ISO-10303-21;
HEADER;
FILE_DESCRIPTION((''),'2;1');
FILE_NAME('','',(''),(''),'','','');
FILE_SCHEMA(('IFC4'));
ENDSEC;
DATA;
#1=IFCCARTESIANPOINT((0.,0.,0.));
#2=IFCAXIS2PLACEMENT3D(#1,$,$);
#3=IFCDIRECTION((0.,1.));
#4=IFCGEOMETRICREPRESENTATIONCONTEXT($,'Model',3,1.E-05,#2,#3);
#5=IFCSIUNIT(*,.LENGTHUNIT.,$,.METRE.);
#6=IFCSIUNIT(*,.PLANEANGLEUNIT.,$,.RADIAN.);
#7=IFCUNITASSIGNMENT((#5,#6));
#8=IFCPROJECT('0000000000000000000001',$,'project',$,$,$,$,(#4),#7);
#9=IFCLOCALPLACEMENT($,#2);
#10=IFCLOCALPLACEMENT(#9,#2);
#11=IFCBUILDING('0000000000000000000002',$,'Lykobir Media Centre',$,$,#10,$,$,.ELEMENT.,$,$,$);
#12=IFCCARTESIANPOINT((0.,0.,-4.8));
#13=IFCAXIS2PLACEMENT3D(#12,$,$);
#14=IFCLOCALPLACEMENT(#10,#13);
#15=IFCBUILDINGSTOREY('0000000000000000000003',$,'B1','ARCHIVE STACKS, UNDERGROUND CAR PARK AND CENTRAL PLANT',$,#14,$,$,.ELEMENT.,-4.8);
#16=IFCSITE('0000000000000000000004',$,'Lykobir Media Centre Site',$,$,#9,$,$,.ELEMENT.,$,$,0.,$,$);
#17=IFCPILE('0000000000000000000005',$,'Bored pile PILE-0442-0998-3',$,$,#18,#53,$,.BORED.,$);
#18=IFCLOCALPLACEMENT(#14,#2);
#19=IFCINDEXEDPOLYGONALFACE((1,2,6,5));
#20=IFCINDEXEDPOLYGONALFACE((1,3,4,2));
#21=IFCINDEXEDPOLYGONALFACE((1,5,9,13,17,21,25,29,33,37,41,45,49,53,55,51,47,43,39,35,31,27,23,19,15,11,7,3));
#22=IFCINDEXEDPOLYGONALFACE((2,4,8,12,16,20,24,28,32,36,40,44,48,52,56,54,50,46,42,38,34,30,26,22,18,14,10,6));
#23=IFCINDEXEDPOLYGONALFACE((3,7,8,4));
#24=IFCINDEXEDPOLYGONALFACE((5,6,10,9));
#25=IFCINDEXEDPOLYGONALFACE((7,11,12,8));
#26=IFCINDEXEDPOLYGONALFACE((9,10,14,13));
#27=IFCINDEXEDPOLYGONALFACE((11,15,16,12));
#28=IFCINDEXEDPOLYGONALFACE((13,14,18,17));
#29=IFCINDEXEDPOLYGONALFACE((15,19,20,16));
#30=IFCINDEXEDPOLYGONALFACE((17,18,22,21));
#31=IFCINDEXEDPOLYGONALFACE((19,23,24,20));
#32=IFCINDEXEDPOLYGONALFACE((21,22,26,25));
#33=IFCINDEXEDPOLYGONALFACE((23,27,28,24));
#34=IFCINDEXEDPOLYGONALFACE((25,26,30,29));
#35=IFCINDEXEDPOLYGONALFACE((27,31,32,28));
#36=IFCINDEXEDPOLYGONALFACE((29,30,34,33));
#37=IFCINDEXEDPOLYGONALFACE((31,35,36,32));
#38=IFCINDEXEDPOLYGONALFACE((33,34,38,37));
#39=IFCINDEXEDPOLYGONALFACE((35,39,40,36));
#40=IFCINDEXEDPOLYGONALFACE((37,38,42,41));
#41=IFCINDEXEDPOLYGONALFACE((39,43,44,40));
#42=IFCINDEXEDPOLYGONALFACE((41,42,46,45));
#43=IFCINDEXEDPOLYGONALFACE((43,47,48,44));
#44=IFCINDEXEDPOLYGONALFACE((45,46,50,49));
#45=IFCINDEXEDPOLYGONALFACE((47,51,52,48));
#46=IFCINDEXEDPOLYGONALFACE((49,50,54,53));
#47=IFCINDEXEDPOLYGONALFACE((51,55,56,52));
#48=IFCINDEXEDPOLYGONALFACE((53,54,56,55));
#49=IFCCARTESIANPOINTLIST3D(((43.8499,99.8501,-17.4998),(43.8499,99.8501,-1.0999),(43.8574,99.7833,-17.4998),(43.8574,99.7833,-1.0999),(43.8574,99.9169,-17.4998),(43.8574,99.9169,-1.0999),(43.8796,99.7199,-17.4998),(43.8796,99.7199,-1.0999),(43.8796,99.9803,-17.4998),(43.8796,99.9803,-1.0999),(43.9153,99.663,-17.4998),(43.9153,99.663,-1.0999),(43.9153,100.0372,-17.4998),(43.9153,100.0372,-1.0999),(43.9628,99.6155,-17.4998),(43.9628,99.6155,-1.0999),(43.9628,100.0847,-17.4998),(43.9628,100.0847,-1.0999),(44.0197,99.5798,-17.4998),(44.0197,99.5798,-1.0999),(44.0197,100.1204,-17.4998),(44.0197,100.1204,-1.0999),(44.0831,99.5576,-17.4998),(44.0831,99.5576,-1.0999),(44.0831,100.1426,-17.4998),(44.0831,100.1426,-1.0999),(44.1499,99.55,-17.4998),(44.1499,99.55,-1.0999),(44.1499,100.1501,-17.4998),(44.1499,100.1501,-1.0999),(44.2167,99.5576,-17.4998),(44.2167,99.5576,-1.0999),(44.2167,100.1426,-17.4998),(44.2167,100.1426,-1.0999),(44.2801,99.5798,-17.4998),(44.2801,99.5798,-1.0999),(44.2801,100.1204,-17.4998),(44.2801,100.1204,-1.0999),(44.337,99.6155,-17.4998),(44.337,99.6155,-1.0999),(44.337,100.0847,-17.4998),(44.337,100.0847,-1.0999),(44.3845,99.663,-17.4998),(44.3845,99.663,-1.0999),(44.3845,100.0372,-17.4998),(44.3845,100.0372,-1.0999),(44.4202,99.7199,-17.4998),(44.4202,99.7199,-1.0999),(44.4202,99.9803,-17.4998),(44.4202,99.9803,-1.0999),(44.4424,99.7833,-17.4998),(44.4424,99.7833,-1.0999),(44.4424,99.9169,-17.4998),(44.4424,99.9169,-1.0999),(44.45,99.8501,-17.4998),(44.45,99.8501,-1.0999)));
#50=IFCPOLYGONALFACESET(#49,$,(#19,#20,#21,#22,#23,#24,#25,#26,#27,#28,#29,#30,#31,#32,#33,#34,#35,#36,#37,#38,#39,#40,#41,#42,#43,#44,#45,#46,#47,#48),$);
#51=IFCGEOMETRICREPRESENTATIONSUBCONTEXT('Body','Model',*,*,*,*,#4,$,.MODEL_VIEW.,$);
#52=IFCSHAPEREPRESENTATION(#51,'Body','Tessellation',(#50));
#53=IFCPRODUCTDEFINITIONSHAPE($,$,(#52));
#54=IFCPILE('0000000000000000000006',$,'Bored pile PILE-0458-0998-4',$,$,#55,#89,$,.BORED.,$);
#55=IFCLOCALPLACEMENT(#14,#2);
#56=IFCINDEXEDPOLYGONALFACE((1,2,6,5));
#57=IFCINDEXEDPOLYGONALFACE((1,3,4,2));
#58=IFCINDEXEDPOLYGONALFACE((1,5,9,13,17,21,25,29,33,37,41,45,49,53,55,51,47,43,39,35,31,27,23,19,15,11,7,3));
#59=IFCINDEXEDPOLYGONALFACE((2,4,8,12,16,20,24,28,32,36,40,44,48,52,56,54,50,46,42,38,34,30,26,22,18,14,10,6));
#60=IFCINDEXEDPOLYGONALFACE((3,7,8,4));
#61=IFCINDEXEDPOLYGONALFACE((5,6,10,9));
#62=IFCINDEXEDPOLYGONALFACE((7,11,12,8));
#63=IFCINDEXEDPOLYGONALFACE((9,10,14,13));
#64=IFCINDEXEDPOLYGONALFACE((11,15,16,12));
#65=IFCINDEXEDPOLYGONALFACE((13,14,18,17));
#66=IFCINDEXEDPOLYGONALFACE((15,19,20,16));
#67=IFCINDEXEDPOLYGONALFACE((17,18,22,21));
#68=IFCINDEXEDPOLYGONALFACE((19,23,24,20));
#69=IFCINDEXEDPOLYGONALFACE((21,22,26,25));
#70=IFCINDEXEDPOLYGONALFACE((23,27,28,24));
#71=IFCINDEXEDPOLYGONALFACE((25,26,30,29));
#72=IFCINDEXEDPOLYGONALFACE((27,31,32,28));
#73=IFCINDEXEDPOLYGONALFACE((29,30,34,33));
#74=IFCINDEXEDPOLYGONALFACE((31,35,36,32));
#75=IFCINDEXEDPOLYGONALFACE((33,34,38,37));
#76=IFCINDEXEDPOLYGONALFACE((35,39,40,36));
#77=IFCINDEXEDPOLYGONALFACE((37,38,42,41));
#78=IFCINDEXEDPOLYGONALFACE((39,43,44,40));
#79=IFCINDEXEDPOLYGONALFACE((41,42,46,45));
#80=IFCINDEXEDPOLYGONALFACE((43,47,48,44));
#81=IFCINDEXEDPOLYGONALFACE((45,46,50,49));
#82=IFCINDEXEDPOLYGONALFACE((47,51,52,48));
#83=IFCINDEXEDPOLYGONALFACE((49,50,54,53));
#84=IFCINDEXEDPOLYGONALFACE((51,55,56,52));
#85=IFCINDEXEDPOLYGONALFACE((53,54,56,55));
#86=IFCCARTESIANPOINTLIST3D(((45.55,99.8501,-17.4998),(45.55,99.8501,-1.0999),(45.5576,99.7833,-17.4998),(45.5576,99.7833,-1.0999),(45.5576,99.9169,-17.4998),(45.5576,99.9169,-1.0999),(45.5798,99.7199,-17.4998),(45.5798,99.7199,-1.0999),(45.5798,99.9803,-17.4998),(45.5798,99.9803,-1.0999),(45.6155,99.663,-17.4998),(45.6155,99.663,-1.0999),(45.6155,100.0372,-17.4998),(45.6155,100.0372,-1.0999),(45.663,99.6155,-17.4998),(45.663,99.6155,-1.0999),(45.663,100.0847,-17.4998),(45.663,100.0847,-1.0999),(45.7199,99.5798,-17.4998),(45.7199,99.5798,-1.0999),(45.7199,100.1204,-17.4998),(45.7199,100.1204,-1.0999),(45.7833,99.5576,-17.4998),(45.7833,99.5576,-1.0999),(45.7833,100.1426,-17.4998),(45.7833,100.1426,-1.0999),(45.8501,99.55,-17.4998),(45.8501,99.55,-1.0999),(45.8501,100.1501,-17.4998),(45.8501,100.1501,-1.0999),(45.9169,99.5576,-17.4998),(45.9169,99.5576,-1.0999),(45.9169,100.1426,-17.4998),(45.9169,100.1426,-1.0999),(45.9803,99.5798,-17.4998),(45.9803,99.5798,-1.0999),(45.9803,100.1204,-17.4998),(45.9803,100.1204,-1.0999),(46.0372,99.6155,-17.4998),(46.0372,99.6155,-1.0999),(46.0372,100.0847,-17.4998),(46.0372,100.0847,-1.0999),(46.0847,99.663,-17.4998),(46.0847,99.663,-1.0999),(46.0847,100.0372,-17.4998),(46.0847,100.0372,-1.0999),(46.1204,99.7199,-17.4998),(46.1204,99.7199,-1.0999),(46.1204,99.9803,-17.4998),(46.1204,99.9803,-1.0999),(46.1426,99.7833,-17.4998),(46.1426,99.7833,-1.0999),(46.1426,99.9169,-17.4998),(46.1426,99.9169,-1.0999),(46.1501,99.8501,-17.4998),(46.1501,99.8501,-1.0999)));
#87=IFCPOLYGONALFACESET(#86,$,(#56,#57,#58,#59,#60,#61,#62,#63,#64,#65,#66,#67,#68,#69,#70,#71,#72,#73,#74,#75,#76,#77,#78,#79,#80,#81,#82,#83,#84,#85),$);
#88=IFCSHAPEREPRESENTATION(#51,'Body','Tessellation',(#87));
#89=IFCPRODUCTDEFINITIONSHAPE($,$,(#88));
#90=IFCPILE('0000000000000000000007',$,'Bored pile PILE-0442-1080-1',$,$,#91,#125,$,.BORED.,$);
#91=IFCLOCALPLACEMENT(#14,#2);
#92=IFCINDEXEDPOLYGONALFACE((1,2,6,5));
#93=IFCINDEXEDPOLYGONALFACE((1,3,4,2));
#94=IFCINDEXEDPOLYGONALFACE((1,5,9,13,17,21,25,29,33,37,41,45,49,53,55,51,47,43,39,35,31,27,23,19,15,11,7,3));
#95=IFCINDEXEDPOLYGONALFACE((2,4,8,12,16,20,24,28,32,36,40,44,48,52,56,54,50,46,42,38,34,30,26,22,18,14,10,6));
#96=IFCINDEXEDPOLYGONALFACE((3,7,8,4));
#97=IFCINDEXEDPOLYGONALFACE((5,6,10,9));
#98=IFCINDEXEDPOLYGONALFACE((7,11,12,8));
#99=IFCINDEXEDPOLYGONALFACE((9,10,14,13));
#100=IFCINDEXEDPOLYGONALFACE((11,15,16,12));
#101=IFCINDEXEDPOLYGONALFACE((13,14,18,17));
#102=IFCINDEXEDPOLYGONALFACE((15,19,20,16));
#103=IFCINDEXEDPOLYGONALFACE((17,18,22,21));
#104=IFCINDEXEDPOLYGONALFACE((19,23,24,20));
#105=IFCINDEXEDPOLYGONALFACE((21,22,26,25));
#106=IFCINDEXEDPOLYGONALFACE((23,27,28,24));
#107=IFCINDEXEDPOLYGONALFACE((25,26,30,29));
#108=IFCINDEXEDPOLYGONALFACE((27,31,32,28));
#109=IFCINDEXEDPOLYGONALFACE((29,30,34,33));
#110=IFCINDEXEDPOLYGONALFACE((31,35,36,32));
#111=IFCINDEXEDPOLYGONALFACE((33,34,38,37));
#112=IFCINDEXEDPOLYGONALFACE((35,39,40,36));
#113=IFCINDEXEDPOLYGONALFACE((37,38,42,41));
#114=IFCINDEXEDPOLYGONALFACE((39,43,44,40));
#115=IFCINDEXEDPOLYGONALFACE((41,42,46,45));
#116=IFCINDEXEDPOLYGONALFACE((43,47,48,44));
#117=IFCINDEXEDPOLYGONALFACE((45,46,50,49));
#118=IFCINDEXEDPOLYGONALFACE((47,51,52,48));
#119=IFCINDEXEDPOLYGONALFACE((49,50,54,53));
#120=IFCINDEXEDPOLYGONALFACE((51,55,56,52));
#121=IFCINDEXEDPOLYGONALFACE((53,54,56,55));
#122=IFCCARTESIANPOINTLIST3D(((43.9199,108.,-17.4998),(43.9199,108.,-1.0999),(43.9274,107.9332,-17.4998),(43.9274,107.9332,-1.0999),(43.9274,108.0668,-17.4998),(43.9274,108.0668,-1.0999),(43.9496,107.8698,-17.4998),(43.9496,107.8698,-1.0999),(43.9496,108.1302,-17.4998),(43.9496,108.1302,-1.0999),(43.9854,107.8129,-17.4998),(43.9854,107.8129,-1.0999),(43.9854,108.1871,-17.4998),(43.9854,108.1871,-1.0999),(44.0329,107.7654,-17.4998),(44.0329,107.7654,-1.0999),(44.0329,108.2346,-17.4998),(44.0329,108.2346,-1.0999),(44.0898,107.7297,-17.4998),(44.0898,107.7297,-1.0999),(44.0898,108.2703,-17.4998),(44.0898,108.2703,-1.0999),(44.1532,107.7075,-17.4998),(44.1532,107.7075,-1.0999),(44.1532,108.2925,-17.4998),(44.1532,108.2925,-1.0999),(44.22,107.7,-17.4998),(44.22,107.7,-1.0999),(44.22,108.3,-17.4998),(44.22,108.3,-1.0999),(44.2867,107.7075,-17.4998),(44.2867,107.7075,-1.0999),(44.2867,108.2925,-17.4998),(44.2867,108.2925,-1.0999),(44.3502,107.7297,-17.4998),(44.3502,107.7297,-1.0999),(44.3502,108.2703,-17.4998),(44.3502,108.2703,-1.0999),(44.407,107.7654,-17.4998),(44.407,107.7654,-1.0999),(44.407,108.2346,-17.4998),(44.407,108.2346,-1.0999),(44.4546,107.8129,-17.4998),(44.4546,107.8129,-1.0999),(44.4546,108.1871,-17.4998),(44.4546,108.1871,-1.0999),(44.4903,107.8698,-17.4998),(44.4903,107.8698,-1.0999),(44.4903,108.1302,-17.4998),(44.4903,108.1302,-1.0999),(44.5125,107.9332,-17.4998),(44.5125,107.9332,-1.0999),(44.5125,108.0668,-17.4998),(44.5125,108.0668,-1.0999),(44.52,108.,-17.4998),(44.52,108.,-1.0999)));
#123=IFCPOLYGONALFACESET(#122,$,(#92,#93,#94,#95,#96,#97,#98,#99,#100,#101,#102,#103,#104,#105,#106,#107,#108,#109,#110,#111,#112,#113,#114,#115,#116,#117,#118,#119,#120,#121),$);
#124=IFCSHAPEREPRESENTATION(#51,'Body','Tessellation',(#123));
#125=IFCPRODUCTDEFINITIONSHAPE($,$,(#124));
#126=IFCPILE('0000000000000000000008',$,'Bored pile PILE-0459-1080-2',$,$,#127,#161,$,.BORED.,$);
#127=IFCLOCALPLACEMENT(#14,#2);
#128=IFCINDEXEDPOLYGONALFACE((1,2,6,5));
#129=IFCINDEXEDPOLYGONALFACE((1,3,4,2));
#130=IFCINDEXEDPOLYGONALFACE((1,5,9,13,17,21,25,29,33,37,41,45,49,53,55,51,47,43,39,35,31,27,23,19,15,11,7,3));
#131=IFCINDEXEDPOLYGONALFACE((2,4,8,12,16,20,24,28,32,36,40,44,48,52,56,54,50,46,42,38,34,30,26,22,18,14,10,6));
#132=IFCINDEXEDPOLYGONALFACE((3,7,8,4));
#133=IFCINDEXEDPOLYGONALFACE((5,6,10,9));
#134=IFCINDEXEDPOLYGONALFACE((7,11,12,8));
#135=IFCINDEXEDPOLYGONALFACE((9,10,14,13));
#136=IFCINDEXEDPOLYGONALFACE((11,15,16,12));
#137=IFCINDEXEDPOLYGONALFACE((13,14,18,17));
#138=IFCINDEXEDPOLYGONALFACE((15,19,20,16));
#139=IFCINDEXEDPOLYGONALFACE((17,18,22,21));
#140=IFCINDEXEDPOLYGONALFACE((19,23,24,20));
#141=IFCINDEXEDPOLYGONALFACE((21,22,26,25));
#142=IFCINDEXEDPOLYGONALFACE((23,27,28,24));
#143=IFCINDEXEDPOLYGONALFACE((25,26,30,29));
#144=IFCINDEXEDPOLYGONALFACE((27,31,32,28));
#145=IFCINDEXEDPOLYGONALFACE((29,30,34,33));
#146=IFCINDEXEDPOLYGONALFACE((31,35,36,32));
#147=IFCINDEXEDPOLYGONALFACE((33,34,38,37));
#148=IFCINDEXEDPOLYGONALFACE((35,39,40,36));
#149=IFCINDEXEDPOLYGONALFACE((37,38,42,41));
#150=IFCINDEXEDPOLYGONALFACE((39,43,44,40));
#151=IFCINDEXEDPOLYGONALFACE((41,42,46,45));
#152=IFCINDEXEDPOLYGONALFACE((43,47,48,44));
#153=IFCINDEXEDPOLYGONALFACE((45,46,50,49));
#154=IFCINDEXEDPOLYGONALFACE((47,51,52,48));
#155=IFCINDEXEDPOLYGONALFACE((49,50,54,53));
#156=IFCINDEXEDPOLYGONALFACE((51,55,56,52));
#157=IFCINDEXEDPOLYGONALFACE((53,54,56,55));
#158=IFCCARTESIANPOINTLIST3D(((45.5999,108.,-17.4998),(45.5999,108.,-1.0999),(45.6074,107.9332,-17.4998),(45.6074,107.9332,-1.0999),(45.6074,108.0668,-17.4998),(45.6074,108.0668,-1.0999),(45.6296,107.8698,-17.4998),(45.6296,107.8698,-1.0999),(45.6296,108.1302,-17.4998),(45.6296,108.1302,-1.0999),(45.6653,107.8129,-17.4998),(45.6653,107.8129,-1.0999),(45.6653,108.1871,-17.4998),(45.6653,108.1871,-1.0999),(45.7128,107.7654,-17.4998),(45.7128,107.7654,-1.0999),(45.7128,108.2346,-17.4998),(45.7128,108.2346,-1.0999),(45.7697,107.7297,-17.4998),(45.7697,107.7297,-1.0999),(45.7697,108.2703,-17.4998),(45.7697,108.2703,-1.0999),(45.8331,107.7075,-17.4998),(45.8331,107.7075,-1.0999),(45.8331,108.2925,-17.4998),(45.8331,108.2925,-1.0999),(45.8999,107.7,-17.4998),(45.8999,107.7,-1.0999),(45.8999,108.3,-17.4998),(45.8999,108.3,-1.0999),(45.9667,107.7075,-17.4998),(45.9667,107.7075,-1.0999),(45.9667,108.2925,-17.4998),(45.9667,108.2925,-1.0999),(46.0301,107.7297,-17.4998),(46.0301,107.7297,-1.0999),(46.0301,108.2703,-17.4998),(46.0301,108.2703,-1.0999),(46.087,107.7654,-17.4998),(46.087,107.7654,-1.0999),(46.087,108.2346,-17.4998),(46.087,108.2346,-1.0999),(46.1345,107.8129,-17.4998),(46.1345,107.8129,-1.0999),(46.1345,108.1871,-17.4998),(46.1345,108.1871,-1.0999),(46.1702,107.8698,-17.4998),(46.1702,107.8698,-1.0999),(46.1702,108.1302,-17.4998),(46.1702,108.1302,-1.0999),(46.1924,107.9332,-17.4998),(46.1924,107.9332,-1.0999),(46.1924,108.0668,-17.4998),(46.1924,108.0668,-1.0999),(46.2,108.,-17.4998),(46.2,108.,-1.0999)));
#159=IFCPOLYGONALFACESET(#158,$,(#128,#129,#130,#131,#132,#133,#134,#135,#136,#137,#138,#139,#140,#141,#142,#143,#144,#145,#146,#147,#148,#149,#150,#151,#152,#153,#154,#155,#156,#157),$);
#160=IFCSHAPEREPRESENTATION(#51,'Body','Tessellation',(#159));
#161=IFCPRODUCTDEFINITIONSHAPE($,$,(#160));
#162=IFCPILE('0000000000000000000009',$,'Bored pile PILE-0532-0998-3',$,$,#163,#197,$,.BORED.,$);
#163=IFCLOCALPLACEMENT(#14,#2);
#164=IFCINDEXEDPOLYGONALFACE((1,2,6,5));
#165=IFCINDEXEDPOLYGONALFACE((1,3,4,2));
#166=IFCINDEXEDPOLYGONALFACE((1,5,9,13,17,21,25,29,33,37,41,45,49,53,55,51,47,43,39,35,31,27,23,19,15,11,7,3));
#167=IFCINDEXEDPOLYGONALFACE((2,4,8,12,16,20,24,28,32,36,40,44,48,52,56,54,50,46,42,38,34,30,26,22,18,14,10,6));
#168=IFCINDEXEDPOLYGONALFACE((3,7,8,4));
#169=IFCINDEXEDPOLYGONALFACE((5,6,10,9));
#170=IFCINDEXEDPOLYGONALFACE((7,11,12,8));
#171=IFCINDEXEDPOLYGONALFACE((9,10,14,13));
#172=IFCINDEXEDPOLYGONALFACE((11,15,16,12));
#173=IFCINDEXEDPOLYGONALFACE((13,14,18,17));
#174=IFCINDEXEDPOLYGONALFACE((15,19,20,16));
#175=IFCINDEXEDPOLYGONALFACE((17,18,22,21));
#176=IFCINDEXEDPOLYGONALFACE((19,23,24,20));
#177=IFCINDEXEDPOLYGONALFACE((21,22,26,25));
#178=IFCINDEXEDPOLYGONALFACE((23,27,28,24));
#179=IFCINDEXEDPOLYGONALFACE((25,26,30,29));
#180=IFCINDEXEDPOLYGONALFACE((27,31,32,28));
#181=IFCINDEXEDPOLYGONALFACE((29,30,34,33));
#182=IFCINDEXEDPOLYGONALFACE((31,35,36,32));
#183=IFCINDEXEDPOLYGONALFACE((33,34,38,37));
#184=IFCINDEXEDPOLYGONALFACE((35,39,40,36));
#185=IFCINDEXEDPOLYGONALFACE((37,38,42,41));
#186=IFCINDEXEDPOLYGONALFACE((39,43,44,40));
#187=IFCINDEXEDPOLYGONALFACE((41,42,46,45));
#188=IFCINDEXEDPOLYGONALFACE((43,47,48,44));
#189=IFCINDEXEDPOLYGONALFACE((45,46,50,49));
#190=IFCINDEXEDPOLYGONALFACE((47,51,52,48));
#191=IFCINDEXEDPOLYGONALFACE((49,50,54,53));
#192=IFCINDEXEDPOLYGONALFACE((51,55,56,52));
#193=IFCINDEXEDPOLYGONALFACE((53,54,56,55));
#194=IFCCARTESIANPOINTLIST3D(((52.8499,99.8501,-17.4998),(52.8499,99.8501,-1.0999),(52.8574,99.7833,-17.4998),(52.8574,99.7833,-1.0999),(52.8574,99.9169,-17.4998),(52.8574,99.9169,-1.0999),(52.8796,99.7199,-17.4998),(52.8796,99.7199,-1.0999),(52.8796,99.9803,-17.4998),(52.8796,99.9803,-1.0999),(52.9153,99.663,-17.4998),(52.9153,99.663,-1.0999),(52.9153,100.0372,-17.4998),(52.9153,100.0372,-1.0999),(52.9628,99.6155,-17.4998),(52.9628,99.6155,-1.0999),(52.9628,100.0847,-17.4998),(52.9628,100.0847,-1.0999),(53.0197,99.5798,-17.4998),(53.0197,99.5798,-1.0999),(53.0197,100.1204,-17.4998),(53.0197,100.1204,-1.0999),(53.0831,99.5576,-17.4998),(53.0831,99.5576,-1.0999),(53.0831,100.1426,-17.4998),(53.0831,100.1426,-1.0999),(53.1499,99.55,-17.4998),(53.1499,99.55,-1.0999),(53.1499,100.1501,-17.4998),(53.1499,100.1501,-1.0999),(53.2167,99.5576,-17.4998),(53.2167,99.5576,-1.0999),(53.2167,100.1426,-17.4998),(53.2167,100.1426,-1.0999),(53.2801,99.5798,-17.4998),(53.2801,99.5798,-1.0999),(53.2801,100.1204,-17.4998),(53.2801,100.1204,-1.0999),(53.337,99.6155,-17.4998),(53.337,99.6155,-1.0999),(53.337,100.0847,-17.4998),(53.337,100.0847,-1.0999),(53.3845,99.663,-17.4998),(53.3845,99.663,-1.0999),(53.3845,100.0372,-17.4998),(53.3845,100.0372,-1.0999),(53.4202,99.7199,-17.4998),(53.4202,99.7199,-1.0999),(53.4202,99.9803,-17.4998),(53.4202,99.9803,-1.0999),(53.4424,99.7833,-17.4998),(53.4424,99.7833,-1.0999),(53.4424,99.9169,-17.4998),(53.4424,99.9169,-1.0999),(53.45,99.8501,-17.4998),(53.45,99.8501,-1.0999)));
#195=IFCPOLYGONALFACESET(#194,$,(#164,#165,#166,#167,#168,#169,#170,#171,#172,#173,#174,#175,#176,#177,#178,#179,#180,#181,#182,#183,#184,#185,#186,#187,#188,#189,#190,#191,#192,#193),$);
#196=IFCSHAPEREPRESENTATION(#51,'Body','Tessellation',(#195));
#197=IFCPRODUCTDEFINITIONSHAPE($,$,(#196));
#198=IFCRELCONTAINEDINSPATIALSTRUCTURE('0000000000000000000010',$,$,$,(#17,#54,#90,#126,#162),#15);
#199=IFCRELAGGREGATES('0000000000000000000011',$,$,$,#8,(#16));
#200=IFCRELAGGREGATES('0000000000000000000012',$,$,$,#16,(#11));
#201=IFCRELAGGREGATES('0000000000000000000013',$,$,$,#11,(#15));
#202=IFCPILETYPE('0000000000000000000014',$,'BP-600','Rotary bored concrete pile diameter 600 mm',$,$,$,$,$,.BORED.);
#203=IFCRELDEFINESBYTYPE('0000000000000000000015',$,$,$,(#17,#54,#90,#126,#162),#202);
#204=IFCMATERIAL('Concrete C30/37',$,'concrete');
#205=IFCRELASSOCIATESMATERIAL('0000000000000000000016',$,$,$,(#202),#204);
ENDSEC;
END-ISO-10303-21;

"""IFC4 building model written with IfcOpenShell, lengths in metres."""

from ifc_helpers import new_model, si_unit, direction, frame, origin, origin_2d, place, context, subcontext, project, spatial, circle, extrude, material, material_profile, profile_set, type_object, element, save


model = new_model("IFC4")

# Units and contexts
model_context = context("Model", 3, precision=1e-05, world=origin(), true_north=direction((0.0, 1.0)))
body_context = subcontext(model_context, "Body", "Model", "MODEL_VIEW")
ifc_project = project(units=[si_unit("LENGTHUNIT", "METRE"), si_unit("PLANEANGLEUNIT", "RADIAN")], contexts=[model_context])

# Site, building, storey
site_placement = place(None, origin())
site = spatial("IfcSite", under=ifc_project, at=site_placement, Name="Lykobir Media Centre Site", CompositionType="ELEMENT", RefElevation=0.0)
building_placement = place(site_placement, origin())
building = spatial("IfcBuilding", under=site, at=building_placement, Name="Lykobir Media Centre", CompositionType="ELEMENT")
storey_placement = place(building_placement, frame((0.0, 0.0, -4.8)))
storey = spatial("IfcBuildingStorey", under=building, at=storey_placement, Name="B1", Description="ARCHIVE STACKS, UNDERGROUND CAR PARK AND CENTRAL PLANT", CompositionType="ELEMENT", Elevation=-4.8)

# Piles
ifc_material_1 = material(Name="Concrete C30/37", Category="concrete")
ifc_material_profile_1 = material_profile(ifc_material_1, circle(Radius=0.3, at=origin_2d()), Name="BORED PILE D600")
ifc_profile_set_1 = profile_set([ifc_material_profile_1], Name="Concrete C30/37")
pile_type = type_object("IfcPileType", Name="BP-600", Description="Rotary bored concrete pile diameter 600 mm", PredefinedType="BORED", material=ifc_profile_set_1)
for number, where, z_axis, x_axis, name in (
    (1, (44.1499, 99.8501, -1.0999), (0.0, 0.0, -1.0), (1.0, 0.0, 0.0), "Bored pile PILE-0442-0998-3"),
    (2, (45.8501, 99.8501, -1.0999), (0.0, 0.0, -1.0), (1.0, 0.0, 0.0), "Bored pile PILE-0458-0998-4"),
    (3, (44.22, 108.0, -1.0999), (0.0, 0.0, -1.0), (1.0, 0.0, 0.0), "Bored pile PILE-0442-1080-1"),
    (4, (45.8999, 108.0, -1.0999), (0.0, 0.0, -1.0), (1.0, 0.0, 0.0), "Bored pile PILE-0459-1080-2"),
    (5, (53.1499, 99.8501, -1.0999), (0.0, 0.0, -1.0), (1.0, 0.0, 0.0), "Bored pile PILE-0532-0998-3"),
):
    element("IfcPile", number, at=place(storey_placement, frame(where, z_axis=z_axis, x_axis=x_axis)), inside=storey, type_object=pile_type, Name=name, PredefinedType="BORED", context=body_context, shape_type="SweptSolid", body=[
        extrude(circle(Radius=0.3, at=origin_2d()), origin(), (0.0, 0.0, 1.0), 16.3999),
    ])

save(model, "model.ifc")
